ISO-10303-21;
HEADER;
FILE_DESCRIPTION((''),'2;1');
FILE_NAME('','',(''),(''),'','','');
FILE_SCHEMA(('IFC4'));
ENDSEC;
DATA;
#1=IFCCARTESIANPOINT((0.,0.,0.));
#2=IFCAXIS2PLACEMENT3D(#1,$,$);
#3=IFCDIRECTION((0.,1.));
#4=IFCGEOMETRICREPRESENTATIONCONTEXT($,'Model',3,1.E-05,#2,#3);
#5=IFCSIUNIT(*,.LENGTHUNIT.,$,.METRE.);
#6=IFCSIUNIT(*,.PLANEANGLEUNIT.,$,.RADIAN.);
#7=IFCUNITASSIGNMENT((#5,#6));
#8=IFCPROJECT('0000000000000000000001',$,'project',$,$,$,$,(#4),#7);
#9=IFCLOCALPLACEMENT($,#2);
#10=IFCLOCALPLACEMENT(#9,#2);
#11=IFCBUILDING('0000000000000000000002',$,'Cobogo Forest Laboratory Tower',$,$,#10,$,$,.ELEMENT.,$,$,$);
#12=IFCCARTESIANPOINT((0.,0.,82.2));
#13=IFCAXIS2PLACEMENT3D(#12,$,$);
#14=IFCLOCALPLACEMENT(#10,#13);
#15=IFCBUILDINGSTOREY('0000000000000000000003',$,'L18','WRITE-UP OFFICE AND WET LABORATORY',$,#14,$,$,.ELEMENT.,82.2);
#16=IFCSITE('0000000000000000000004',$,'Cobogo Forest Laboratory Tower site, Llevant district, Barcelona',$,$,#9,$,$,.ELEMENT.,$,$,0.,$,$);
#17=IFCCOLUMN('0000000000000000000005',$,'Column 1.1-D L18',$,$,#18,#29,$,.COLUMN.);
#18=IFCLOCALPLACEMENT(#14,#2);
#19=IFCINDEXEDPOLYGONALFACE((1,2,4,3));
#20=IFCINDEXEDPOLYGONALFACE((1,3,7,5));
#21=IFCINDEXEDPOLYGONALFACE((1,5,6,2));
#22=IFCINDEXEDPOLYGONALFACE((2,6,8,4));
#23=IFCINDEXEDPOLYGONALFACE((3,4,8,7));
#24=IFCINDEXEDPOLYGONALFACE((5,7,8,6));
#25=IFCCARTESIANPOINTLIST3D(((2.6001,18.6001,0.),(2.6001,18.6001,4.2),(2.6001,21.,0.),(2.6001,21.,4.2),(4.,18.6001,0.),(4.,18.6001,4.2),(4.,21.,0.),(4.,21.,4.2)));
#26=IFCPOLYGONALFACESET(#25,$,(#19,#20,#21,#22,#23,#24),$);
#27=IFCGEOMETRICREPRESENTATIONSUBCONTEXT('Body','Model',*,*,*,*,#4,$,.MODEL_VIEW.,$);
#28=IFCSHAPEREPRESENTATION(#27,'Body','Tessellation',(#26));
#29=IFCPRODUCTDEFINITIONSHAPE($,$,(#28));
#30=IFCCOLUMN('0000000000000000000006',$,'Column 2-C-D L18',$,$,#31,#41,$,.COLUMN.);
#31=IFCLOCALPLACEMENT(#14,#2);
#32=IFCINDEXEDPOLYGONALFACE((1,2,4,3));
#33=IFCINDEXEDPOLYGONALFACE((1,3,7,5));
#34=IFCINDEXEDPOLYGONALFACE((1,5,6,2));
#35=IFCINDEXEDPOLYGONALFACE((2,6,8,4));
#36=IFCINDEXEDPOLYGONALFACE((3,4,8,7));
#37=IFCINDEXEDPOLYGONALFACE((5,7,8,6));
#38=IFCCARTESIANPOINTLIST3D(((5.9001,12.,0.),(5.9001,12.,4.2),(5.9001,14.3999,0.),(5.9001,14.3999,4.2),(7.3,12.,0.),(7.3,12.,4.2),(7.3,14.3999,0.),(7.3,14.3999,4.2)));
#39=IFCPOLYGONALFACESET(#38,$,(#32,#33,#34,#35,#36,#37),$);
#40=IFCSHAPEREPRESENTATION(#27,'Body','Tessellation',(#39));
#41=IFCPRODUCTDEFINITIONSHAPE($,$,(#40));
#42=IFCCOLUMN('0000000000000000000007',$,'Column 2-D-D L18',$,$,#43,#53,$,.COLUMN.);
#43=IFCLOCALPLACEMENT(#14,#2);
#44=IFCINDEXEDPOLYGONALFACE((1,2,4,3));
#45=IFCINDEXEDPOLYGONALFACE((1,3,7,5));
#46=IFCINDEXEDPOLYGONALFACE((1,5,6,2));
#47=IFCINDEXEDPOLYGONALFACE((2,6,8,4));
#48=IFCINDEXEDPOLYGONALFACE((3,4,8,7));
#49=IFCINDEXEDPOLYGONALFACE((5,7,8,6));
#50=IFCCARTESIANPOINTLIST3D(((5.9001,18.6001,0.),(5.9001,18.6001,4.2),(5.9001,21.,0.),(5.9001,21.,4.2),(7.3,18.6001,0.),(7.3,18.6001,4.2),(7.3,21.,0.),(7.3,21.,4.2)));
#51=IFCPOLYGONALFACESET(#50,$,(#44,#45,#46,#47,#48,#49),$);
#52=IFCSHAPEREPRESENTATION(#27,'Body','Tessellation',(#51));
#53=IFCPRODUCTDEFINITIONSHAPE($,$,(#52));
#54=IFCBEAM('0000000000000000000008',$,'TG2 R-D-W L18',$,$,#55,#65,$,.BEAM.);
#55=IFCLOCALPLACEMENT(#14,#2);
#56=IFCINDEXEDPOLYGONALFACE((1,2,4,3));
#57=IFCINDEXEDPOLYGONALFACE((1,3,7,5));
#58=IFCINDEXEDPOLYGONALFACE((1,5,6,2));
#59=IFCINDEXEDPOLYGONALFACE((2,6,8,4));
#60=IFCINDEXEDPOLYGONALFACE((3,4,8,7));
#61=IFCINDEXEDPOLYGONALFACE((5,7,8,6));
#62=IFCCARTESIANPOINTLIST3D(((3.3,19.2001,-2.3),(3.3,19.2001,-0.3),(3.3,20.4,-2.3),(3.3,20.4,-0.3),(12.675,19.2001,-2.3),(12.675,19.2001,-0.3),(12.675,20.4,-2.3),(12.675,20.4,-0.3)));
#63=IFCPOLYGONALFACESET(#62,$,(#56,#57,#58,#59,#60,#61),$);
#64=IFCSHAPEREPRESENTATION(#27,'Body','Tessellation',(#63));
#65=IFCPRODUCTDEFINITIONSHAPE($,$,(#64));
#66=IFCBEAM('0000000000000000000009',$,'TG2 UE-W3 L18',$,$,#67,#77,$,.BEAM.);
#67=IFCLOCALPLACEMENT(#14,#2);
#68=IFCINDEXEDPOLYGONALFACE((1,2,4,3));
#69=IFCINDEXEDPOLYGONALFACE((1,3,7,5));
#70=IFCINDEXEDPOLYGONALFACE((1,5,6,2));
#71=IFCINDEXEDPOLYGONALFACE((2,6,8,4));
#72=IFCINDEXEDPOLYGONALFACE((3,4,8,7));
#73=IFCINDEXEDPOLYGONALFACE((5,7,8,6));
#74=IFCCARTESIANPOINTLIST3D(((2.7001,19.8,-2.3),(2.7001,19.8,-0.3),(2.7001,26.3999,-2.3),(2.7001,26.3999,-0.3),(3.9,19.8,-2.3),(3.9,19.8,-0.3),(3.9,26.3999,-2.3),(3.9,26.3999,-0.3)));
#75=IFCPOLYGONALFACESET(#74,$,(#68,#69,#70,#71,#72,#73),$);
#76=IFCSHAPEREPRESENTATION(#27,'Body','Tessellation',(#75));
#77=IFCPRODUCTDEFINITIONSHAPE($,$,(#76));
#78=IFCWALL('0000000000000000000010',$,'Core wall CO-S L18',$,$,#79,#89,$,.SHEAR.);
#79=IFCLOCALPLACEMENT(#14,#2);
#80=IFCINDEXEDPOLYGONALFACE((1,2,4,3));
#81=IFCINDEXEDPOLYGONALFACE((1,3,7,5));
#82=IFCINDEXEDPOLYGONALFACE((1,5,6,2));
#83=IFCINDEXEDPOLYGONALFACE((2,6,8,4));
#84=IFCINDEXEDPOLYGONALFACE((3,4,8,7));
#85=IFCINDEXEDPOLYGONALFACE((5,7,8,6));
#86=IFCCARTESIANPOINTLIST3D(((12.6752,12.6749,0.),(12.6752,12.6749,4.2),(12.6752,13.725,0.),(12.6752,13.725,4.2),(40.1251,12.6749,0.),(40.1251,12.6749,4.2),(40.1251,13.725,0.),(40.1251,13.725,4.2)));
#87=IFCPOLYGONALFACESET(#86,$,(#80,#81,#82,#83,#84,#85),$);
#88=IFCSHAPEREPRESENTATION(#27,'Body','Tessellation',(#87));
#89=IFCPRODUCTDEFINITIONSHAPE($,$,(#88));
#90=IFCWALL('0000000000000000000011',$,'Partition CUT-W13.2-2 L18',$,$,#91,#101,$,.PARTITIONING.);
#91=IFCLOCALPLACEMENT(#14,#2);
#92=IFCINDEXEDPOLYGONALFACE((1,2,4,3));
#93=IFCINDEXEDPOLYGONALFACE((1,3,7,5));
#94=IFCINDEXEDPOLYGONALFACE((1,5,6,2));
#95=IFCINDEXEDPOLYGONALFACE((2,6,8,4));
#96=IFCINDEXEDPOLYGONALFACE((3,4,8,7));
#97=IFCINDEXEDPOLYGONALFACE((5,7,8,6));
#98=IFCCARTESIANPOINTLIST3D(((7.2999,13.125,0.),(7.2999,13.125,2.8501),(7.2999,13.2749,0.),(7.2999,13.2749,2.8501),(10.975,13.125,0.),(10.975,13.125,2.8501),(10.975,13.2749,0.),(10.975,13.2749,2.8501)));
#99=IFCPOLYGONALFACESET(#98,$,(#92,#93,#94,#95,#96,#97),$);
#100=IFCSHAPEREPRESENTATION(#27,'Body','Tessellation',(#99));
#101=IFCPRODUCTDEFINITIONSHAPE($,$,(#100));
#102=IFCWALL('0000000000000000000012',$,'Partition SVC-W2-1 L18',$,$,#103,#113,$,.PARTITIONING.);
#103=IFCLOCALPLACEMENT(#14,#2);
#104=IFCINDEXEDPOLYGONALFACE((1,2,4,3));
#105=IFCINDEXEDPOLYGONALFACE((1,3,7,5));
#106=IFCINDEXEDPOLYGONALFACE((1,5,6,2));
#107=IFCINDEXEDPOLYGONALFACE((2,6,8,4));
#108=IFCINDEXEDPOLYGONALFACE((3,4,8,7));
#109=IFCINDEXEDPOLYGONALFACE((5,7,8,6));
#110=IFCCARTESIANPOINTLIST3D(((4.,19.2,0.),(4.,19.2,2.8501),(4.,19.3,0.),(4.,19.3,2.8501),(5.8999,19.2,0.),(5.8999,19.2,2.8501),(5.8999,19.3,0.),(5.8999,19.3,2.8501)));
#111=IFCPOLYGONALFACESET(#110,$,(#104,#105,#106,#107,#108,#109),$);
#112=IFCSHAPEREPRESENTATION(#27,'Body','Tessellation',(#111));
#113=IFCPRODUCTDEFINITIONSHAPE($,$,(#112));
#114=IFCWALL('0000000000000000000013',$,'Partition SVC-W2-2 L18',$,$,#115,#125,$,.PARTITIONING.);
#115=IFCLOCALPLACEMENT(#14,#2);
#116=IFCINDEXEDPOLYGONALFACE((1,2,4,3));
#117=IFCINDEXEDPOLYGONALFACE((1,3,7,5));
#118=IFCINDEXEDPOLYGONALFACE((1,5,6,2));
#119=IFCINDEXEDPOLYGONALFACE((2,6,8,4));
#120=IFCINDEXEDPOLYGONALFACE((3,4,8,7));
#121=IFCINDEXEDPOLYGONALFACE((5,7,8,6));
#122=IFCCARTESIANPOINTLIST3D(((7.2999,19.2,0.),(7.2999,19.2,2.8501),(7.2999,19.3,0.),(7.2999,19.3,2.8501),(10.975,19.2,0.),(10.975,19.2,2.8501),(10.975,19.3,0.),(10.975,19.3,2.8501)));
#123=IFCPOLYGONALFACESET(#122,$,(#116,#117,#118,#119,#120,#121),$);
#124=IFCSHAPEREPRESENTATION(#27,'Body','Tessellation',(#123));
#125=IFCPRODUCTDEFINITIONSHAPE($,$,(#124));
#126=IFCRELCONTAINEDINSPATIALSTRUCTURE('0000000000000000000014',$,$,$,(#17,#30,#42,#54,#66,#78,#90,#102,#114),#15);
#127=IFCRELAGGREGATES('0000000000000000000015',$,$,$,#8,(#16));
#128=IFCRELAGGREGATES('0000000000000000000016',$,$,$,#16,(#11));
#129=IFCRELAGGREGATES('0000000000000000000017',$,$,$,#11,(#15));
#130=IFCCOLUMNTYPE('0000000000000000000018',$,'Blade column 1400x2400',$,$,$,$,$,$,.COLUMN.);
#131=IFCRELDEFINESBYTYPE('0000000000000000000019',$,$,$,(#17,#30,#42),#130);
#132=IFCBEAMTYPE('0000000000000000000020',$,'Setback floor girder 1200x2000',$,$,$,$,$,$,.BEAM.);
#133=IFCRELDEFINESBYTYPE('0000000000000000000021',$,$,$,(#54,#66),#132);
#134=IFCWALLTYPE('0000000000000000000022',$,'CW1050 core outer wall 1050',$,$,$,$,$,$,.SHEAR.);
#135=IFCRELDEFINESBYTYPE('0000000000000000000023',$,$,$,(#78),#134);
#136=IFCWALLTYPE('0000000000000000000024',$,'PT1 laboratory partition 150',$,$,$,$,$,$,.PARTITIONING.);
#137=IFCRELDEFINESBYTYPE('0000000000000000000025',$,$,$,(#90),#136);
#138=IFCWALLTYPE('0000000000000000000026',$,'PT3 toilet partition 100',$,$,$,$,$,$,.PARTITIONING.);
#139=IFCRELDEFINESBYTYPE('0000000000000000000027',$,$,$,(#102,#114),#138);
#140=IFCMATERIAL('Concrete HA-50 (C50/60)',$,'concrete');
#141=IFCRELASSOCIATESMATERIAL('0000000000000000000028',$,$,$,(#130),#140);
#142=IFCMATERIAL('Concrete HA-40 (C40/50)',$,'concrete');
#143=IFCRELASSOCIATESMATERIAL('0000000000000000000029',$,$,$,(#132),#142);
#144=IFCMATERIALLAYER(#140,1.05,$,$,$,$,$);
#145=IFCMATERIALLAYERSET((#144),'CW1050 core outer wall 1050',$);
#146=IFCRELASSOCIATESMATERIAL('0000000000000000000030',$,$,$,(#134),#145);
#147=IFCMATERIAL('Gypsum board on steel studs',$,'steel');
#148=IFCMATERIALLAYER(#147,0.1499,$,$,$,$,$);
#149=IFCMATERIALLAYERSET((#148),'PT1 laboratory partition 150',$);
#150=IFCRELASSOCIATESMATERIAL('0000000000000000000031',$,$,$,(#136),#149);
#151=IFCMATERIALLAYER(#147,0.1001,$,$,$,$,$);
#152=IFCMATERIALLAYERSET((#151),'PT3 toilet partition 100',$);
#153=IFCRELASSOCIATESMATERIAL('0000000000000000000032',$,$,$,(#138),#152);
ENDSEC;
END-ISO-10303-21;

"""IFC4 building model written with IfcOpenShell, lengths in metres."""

from ifc_helpers import new_model, si_unit, direction, frame, frame_2d, origin, origin_2d, place, context, subcontext, project, spatial, rectangle, extrude, material, layer, layer_set, material_profile, profile_set, type_object, element, save


model = new_model("IFC4")

# Units and contexts
model_context = context("Model", 3, precision=1e-05, world=origin(), true_north=direction((0.0, 1.0)))
body_context = subcontext(model_context, "Body", "Model", "MODEL_VIEW")
ifc_project = project(units=[si_unit("LENGTHUNIT", "METRE"), si_unit("PLANEANGLEUNIT", "RADIAN")], contexts=[model_context])

# Site, building, storey
site_placement = place(None, origin())
site = spatial("IfcSite", under=ifc_project, at=site_placement, Name="Cobogo Forest Laboratory Tower site, Llevant district, Barcelona", CompositionType="ELEMENT", RefElevation=0.0)
building_placement = place(site_placement, origin())
building = spatial("IfcBuilding", under=site, at=building_placement, Name="Cobogo Forest Laboratory Tower", CompositionType="ELEMENT")
storey_placement = place(building_placement, frame((0.0, 0.0, 82.2)))
storey = spatial("IfcBuildingStorey", under=building, at=storey_placement, Name="L18", Description="WRITE-UP OFFICE AND WET LABORATORY", CompositionType="ELEMENT", Elevation=82.2)

# Columns
ifc_material_1 = material(Name="Concrete HA-50 (C50/60)", Category="concrete")
ifc_material_profile_1 = material_profile(ifc_material_1, rectangle(XDim=2.3999, YDim=1.3999, at=origin_2d()), Name="RC 1400x2400")
ifc_profile_set_1 = profile_set([ifc_material_profile_1], Name="Concrete HA-50 (C50/60)")
column_type = type_object("IfcColumnType", Name="Blade column 1400x2400", PredefinedType="COLUMN", material=ifc_profile_set_1)
for number, where, z_axis, x_axis, name in (
    (1, (3.3, 19.8, 0.0), (0.0, 0.0, 1.0), (0.0, 1.0, 0.0), "Column 1.1-D L18"),
    (2, (6.6001, 13.2, 0.0), (0.0, 0.0, 1.0), (0.0, 1.0, 0.0), "Column 2-C-D L18"),
    (3, (6.6001, 19.8, 0.0), (0.0, 0.0, 1.0), (0.0, 1.0, 0.0), "Column 2-D-D L18"),
):
    element("IfcColumn", number, at=place(storey_placement, frame(where, z_axis=z_axis, x_axis=x_axis)), inside=storey, type_object=column_type, Name=name, PredefinedType="COLUMN", context=body_context, shape_type="SweptSolid", body=[
        extrude(rectangle(XDim=2.3999, YDim=1.3999, at=origin_2d()), origin(), (0.0, 0.0, 1.0), 4.2),
    ])

# Beams
ifc_material_2 = material(Name="Concrete HA-40 (C40/50)", Category="concrete")
ifc_material_profile_2 = material_profile(ifc_material_2, rectangle(XDim=1.2, YDim=2.0, at=origin_2d()), Name="RC 1200x2000")
ifc_profile_set_2 = profile_set([ifc_material_profile_2], Name="Concrete HA-40 (C40/50)")
beam_type = type_object("IfcBeamType", Name="Setback floor girder 1200x2000", PredefinedType="BEAM", material=ifc_profile_set_2)
beam_1_placement = place(storey_placement, frame((12.675, 19.8, -1.3), z_axis=(-1.0, 0.0, 0.0), x_axis=(0.0, -1.0, 0.0)))
element("IfcBeam", 4, at=beam_1_placement, inside=storey, type_object=beam_type, Name="TG2 R-D-W L18", PredefinedType="BEAM", context=body_context, shape_type="SweptSolid", body=[
    extrude(rectangle(XDim=1.2, YDim=2.0, at=origin_2d()), origin(), (0.0, 0.0, 1.0), 9.375),
])
beam_2_placement = place(storey_placement, frame((3.3, 19.8, -1.3), z_axis=(0.0, 1.0, 0.0), x_axis=(-1.0, 0.0, 0.0)))
element("IfcBeam", 5, at=beam_2_placement, inside=storey, type_object=beam_type, Name="TG2 UE-W3 L18", PredefinedType="BEAM", context=body_context, shape_type="SweptSolid", body=[
    extrude(rectangle(XDim=1.2, YDim=2.0, at=origin_2d()), origin(), (0.0, 0.0, 1.0), 6.5999),
])

# Walls
ifc_layer_1 = layer(ifc_material_1, 1.05)
ifc_layer_set_1 = layer_set([ifc_layer_1], Name="CW1050 core outer wall 1050")
wall_type_1 = type_object("IfcWallType", Name="CW1050 core outer wall 1050", PredefinedType="SHEAR", material=ifc_layer_set_1)
wall_1_placement = place(storey_placement, frame((12.675, 13.2, 0.0), z_axis=(0.0, 0.0, 1.0), x_axis=(1.0, 0.0, 0.0)))
element("IfcWall", 6, at=wall_1_placement, inside=storey, type_object=wall_type_1, Name="Core wall CO-S L18", PredefinedType="SHEAR", context=body_context, shape_type="SweptSolid", body=[
    extrude(rectangle(XDim=27.45, YDim=1.05, at=frame_2d((13.7251, 0.0))), origin(), (0.0, 0.0, 1.0), 4.2),
])
ifc_material_3 = material(Name="Gypsum board on steel studs", Category="steel")
ifc_layer_2 = layer(ifc_material_3, 0.1499)
ifc_layer_set_2 = layer_set([ifc_layer_2], Name="PT1 laboratory partition 150")
wall_type_2 = type_object("IfcWallType", Name="PT1 laboratory partition 150", PredefinedType="PARTITIONING", material=ifc_layer_set_2)
wall_2_placement = place(storey_placement, frame((7.3, 13.2, 0.0), z_axis=(0.0, 0.0, 1.0), x_axis=(1.0, 0.0, 0.0)))
element("IfcWall", 7, at=wall_2_placement, inside=storey, type_object=wall_type_2, Name="Partition CUT-W13.2-2 L18", PredefinedType="PARTITIONING", context=body_context, shape_type="SweptSolid", body=[
    extrude(rectangle(XDim=3.675, YDim=0.1499, at=frame_2d((1.8374, 0.0))), origin(), (0.0, 0.0, 1.0), 2.8501),
])
ifc_layer_3 = layer(ifc_material_3, 0.1001)
ifc_layer_set_3 = layer_set([ifc_layer_3], Name="PT3 toilet partition 100")
wall_type_3 = type_object("IfcWallType", Name="PT3 toilet partition 100", PredefinedType="PARTITIONING", material=ifc_layer_set_3)
wall_3_placement = place(storey_placement, frame((4.0, 19.25, 0.0), z_axis=(0.0, 0.0, 1.0), x_axis=(1.0, 0.0, 0.0)))
element("IfcWall", 8, at=wall_3_placement, inside=storey, type_object=wall_type_3, Name="Partition SVC-W2-1 L18", PredefinedType="PARTITIONING", context=body_context, shape_type="SweptSolid", body=[
    extrude(rectangle(XDim=1.8999, YDim=0.1001, at=frame_2d((0.95, 0.0))), origin(), (0.0, 0.0, 1.0), 2.8501),
])
wall_4_placement = place(storey_placement, frame((7.3, 19.25, 0.0), z_axis=(0.0, 0.0, 1.0), x_axis=(1.0, 0.0, 0.0)))
element("IfcWall", 9, at=wall_4_placement, inside=storey, type_object=wall_type_3, Name="Partition SVC-W2-2 L18", PredefinedType="PARTITIONING", context=body_context, shape_type="SweptSolid", body=[
    extrude(rectangle(XDim=3.675, YDim=0.1001, at=frame_2d((1.8374, 0.0))), origin(), (0.0, 0.0, 1.0), 2.8501),
])

save(model, "model.ifc")
